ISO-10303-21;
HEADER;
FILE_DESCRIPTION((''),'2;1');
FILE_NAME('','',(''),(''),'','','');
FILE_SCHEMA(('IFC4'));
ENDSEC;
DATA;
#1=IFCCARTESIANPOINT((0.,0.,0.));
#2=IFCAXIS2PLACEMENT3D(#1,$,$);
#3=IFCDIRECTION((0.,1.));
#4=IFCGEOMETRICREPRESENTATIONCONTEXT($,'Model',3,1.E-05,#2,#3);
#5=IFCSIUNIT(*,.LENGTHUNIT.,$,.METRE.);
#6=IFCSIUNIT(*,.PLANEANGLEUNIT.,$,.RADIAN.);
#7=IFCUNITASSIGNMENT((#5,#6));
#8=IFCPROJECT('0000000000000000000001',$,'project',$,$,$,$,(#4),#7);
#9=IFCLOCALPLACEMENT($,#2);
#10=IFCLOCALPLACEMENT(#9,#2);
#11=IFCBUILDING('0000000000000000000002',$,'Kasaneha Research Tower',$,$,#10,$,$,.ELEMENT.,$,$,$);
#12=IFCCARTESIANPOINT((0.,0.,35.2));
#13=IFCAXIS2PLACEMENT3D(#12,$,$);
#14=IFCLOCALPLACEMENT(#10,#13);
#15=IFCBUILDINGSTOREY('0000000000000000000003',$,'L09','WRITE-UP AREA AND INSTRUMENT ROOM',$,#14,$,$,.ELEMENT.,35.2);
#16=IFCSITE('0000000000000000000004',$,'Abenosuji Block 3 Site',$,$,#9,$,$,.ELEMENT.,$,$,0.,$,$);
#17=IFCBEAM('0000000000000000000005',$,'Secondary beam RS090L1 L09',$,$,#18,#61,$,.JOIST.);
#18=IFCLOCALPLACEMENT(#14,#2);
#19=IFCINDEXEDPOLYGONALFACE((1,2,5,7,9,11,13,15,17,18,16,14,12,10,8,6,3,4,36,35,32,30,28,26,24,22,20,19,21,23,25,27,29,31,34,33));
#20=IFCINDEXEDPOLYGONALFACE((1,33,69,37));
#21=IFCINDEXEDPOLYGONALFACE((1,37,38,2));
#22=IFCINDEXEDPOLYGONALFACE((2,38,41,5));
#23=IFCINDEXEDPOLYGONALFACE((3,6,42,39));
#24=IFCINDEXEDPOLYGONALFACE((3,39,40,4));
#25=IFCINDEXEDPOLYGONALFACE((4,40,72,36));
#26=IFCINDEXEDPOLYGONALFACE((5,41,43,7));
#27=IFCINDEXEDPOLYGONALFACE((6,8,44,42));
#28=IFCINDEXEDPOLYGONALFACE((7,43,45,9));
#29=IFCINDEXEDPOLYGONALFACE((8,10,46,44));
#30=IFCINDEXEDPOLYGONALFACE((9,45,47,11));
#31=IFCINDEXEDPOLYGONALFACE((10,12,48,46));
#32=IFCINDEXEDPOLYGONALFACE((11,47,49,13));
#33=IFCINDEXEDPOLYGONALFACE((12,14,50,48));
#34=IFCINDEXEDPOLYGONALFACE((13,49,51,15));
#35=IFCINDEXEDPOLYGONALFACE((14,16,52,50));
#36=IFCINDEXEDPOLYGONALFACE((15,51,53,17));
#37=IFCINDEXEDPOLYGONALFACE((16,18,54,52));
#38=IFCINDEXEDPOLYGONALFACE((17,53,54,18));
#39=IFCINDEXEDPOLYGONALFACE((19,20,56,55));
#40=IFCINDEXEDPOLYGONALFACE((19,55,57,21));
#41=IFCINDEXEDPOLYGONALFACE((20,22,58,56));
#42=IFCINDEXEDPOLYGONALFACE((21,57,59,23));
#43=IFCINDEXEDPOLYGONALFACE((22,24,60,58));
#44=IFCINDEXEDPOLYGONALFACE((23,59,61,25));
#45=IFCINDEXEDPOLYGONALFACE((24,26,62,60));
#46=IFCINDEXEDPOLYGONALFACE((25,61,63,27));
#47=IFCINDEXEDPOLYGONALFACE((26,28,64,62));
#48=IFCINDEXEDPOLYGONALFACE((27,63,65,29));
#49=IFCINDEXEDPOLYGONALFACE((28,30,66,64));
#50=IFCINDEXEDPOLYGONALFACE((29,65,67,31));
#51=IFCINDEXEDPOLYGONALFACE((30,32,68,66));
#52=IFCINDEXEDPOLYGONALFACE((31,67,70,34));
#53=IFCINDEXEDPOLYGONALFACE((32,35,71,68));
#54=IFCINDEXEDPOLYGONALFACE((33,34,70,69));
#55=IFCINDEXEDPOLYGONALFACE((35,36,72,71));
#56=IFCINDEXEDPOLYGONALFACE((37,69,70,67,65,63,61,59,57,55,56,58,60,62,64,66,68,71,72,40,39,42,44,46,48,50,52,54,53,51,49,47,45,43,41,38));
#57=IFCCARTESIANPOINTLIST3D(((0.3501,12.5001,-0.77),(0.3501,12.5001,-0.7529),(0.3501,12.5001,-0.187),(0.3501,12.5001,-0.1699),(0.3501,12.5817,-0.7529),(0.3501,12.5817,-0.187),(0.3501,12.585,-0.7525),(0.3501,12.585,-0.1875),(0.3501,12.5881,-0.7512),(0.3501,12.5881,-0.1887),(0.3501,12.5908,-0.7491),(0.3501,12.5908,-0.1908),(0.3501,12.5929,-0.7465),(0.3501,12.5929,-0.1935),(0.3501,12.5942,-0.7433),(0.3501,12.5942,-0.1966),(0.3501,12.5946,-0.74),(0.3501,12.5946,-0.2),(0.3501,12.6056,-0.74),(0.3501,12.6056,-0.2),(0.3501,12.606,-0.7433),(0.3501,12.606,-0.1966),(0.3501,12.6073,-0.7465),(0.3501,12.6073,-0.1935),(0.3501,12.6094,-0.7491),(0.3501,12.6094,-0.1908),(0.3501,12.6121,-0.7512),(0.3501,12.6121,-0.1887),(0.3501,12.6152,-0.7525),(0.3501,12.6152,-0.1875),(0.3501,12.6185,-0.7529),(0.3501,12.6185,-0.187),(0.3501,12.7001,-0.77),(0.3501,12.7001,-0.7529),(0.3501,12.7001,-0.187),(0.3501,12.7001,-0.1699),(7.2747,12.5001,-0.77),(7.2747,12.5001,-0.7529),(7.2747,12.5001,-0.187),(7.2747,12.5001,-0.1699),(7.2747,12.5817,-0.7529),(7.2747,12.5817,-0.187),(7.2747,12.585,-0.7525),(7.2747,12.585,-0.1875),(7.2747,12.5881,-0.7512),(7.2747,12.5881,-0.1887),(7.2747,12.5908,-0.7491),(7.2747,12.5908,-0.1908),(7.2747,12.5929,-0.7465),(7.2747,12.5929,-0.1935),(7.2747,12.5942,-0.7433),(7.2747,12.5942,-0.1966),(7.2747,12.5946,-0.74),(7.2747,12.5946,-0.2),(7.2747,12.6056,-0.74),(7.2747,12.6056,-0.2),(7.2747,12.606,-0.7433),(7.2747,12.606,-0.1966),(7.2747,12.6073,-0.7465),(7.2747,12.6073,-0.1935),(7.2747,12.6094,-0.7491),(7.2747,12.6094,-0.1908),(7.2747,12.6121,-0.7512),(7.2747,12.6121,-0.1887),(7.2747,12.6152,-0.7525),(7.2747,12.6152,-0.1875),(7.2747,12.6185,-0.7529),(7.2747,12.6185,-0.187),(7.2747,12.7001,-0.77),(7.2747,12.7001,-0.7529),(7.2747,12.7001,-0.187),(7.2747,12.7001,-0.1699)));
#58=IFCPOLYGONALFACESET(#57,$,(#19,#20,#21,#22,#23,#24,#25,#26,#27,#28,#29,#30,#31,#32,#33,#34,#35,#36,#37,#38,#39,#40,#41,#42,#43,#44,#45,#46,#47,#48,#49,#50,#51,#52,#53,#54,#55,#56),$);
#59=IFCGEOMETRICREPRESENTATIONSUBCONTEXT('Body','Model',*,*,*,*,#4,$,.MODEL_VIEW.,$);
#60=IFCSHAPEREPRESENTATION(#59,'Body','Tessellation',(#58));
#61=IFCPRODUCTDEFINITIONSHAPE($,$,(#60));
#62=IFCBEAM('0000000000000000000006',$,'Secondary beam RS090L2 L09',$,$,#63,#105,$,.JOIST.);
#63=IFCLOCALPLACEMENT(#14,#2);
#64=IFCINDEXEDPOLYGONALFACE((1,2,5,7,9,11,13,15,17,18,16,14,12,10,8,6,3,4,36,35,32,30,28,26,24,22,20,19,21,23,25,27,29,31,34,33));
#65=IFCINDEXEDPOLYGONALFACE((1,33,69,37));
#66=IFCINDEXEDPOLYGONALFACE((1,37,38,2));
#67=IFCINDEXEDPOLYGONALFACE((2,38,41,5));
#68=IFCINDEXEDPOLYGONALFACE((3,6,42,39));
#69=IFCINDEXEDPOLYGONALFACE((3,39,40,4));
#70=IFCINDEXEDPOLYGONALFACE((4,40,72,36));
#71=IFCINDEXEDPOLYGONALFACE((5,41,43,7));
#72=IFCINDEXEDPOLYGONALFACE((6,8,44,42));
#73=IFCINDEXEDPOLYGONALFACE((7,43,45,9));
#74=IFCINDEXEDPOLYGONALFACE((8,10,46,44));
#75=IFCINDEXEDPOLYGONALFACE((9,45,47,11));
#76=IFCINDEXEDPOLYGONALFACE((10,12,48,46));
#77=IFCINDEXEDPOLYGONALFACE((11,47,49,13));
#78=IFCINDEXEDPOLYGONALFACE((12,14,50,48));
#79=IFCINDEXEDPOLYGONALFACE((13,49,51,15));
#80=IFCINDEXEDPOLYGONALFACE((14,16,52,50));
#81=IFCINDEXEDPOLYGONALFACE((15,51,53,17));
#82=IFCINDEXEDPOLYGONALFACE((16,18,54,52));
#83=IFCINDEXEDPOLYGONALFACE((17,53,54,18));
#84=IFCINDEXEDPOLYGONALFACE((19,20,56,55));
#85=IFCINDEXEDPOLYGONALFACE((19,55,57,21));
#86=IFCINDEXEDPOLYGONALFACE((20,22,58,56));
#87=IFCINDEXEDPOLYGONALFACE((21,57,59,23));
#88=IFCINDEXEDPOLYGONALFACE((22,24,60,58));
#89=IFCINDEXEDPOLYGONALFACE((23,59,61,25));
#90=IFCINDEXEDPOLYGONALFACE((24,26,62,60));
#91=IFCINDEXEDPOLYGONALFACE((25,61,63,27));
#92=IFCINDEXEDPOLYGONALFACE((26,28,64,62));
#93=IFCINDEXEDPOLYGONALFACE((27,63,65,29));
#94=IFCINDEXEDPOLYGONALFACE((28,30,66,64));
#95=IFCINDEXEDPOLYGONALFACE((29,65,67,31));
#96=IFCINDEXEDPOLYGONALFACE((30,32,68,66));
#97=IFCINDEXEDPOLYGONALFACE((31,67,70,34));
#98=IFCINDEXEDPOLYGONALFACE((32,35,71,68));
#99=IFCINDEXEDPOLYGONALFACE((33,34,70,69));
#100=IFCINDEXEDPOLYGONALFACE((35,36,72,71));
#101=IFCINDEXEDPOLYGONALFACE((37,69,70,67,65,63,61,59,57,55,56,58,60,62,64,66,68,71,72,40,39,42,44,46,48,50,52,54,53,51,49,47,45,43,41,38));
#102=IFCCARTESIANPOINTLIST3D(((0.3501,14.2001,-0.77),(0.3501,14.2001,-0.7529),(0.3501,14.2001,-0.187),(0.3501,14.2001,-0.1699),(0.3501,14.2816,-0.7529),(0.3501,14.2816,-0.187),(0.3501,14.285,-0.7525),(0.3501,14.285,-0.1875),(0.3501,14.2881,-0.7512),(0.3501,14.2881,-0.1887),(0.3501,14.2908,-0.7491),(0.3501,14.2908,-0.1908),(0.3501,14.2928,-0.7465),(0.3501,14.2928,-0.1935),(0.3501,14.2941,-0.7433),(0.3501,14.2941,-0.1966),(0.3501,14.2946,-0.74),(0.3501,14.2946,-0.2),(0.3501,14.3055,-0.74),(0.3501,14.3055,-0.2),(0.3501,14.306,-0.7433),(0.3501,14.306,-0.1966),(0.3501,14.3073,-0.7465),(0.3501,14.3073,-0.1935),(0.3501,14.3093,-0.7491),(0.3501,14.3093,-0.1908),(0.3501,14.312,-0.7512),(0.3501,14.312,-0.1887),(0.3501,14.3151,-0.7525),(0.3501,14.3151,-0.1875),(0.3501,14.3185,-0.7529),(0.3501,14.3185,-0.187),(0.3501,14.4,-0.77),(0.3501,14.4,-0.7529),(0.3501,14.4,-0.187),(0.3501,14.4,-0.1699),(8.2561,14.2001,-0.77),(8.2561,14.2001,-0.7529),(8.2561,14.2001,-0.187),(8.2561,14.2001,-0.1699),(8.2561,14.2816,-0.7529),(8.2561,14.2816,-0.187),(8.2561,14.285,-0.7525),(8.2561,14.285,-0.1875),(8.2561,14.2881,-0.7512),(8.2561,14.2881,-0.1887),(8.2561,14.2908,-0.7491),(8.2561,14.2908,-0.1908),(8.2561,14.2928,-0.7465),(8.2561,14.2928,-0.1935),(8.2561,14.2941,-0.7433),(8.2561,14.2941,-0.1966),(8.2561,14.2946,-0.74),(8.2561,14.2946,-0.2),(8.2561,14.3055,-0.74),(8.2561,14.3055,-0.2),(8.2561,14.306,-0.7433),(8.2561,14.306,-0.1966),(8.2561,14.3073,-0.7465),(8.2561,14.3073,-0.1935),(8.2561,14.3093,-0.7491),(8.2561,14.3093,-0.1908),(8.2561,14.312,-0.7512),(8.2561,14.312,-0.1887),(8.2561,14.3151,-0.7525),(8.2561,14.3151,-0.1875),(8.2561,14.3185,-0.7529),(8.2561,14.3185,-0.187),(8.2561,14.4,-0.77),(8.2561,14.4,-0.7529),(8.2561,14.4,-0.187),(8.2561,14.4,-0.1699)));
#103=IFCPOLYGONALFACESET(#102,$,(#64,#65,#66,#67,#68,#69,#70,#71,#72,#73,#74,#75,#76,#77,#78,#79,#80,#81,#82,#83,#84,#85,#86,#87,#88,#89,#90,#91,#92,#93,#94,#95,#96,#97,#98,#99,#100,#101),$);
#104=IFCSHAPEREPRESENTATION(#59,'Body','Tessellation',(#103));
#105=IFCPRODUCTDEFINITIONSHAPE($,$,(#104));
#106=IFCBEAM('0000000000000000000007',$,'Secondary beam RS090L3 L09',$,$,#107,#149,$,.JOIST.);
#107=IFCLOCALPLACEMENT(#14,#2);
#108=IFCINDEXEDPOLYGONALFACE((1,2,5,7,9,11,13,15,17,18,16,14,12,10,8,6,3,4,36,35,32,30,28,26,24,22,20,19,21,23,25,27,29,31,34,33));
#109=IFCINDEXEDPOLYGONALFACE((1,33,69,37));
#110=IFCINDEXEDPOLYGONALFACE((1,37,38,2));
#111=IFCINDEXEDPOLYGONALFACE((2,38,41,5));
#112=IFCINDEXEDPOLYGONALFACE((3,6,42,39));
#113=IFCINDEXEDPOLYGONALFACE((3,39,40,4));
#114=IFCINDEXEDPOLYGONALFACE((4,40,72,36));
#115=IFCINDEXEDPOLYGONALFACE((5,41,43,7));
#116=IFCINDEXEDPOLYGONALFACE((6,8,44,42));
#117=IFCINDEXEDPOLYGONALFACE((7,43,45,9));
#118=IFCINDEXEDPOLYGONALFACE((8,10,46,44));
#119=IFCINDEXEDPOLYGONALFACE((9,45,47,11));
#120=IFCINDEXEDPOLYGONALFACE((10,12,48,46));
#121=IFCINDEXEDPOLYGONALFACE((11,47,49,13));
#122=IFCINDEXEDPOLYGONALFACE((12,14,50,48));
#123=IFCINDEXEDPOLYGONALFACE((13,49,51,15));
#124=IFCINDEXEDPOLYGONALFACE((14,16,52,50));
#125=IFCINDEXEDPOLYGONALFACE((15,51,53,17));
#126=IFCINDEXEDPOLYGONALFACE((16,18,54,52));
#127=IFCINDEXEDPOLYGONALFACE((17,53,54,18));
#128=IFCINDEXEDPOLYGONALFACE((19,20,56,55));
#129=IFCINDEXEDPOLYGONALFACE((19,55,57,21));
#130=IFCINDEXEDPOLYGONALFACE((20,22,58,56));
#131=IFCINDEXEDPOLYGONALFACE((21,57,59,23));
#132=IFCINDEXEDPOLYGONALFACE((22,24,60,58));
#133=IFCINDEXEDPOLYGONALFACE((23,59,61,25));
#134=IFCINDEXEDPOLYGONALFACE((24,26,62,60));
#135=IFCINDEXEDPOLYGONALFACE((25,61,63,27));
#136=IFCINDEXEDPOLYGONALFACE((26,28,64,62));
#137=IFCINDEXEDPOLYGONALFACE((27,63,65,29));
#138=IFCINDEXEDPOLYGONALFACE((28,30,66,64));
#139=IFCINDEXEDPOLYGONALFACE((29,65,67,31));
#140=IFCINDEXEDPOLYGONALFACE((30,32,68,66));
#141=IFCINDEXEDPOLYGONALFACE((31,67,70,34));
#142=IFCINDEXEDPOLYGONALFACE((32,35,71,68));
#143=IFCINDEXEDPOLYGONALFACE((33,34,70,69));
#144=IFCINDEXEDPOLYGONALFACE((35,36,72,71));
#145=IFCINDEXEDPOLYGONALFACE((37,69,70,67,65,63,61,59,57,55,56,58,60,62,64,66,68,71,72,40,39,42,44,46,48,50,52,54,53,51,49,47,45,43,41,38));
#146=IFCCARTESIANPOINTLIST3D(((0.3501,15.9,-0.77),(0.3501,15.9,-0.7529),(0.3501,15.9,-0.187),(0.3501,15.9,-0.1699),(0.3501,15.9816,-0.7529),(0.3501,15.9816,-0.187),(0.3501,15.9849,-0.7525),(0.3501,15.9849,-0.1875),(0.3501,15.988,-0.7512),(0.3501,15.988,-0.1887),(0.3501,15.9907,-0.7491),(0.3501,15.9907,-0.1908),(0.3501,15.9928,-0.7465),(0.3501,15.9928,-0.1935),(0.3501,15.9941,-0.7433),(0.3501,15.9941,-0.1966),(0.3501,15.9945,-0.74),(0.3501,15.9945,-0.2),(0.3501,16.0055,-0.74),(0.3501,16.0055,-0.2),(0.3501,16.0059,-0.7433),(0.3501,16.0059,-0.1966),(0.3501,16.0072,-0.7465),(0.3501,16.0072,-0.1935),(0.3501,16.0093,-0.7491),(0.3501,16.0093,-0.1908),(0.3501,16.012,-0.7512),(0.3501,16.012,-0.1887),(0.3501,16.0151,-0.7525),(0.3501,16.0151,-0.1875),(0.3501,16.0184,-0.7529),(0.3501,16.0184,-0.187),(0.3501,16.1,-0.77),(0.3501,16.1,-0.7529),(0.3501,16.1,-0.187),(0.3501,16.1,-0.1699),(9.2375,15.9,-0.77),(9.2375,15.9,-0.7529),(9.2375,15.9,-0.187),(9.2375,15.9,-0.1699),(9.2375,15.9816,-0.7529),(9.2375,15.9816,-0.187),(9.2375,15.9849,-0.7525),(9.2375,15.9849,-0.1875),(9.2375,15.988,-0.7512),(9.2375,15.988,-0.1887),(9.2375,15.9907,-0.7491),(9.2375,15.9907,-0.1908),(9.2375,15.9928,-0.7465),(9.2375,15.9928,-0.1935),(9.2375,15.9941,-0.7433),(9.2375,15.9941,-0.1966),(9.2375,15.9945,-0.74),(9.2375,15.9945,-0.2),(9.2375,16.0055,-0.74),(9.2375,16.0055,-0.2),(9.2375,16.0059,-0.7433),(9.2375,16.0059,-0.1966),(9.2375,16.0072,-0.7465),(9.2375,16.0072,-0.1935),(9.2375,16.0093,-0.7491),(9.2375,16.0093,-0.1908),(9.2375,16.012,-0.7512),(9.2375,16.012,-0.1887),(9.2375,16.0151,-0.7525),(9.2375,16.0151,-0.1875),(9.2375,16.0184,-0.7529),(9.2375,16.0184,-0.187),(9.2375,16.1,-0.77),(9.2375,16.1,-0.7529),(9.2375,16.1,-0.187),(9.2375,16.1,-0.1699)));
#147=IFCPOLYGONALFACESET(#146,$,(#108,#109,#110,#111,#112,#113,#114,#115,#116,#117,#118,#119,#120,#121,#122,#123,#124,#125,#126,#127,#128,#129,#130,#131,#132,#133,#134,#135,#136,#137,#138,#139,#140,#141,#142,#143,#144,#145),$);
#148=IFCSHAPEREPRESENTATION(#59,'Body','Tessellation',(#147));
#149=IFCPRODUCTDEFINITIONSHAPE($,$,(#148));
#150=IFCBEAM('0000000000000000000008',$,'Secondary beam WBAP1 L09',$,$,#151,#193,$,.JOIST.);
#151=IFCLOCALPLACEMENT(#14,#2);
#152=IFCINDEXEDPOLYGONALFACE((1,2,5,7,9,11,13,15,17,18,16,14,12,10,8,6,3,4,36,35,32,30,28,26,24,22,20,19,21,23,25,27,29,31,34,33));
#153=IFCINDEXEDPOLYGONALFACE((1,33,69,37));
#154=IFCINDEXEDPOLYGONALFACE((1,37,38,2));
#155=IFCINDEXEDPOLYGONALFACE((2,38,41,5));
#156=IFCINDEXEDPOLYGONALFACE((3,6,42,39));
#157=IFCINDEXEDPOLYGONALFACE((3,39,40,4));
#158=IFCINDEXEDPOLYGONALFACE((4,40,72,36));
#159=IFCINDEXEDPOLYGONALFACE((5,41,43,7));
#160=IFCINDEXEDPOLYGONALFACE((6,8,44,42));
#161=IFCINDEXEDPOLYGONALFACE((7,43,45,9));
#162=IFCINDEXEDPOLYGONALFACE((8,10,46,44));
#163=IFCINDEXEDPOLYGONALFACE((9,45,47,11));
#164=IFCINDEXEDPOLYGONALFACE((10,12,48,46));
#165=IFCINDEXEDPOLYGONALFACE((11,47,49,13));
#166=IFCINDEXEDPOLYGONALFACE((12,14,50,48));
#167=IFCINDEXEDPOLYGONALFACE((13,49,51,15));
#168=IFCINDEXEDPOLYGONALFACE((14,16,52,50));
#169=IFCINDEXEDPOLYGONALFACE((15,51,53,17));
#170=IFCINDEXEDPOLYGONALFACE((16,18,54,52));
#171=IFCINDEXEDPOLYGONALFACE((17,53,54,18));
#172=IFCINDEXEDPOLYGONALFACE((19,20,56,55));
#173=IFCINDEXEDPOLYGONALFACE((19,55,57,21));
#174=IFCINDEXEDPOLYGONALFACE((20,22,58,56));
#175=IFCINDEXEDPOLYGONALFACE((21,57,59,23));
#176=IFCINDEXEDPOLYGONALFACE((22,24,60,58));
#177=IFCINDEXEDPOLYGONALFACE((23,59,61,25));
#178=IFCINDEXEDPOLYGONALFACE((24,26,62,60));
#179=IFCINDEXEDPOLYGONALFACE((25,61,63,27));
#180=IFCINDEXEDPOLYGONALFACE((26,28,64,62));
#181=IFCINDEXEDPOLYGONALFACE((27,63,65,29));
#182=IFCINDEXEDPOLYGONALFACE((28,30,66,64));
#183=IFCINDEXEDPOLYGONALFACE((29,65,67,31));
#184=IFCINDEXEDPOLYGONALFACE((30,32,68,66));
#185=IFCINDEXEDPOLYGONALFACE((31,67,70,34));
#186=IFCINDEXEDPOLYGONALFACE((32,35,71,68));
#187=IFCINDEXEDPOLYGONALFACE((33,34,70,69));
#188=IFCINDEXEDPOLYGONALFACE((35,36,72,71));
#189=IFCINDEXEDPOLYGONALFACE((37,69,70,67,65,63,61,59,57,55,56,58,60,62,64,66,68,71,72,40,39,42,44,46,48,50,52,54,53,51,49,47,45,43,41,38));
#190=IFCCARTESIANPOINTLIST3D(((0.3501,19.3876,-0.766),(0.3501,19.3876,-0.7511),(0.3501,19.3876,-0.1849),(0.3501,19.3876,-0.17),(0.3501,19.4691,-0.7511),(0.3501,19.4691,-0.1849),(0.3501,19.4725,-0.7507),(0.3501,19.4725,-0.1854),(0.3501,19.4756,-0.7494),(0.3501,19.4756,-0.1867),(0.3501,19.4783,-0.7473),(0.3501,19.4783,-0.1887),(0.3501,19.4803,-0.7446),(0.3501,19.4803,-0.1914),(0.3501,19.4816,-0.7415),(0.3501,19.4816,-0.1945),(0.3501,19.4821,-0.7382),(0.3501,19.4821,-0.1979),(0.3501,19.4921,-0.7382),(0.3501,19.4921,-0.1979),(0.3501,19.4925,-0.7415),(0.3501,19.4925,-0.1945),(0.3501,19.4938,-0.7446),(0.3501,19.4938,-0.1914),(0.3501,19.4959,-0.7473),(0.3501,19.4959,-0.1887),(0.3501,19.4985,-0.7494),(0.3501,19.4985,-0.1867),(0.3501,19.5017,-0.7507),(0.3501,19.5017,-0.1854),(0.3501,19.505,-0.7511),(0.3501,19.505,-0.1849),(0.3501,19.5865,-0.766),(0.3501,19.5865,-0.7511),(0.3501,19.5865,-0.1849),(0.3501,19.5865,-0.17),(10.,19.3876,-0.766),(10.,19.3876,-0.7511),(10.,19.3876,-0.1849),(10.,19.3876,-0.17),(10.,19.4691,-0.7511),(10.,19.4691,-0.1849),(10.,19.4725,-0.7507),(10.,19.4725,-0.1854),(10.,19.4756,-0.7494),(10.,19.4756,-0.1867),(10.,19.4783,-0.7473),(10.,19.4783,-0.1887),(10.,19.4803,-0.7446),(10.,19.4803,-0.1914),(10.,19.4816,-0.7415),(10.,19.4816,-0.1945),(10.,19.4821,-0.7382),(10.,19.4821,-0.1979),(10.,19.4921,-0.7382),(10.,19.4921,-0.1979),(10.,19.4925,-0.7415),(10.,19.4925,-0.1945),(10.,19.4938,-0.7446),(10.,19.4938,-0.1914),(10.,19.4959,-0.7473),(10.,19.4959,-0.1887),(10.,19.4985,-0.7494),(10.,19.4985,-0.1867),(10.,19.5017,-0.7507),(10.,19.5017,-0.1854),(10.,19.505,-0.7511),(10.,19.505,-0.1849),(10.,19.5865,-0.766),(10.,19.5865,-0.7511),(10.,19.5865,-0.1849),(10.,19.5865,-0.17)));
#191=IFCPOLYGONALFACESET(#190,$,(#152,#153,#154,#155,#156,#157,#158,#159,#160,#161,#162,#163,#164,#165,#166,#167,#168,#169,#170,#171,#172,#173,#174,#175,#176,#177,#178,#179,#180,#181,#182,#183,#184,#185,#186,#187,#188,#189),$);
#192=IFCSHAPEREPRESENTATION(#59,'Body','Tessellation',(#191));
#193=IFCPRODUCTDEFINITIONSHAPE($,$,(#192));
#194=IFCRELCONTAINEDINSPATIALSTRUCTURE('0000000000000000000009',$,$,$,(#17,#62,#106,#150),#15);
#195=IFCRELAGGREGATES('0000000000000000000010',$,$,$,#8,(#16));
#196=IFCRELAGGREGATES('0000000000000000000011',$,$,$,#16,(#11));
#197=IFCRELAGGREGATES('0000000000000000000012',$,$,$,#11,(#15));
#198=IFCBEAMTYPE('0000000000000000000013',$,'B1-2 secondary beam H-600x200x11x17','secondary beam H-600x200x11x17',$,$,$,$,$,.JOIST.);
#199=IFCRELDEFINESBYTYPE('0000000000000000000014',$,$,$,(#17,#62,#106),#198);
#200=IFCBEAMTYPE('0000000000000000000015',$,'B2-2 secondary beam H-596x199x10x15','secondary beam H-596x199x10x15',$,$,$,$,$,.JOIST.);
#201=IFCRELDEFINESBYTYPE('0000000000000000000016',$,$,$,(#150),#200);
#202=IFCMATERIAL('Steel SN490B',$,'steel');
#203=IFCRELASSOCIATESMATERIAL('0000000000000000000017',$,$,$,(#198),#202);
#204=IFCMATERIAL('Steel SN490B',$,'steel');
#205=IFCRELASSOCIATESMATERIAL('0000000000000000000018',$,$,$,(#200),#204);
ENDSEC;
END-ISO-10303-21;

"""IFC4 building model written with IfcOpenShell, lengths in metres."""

from ifc_helpers import new_model, si_unit, direction, frame, origin, origin_2d, place, context, subcontext, project, spatial, i_section, extrude, material, material_profile, profile_set, type_object, element, save


model = new_model("IFC4")

# Units and contexts
model_context = context("Model", 3, precision=1e-05, world=origin(), true_north=direction((0.0, 1.0)))
body_context = subcontext(model_context, "Body", "Model", "MODEL_VIEW")
ifc_project = project(units=[si_unit("LENGTHUNIT", "METRE"), si_unit("PLANEANGLEUNIT", "RADIAN")], contexts=[model_context])

# Site, building, storey
site_placement = place(None, origin())
site = spatial("IfcSite", under=ifc_project, at=site_placement, Name="Abenosuji Block 3 Site", CompositionType="ELEMENT", RefElevation=0.0)
building_placement = place(site_placement, origin())
building = spatial("IfcBuilding", under=site, at=building_placement, Name="Kasaneha Research Tower", CompositionType="ELEMENT")
storey_placement = place(building_placement, frame((0.0, 0.0, 35.2)))
storey = spatial("IfcBuildingStorey", under=building, at=storey_placement, Name="L09", Description="WRITE-UP AREA AND INSTRUMENT ROOM", CompositionType="ELEMENT", Elevation=35.2)

# Beams
ifc_material_1 = material(Name="Steel SN490B", Category="steel")
ifc_material_profile_1 = material_profile(ifc_material_1, i_section(OverallWidth=0.2, OverallDepth=0.6001, WebThickness=0.011, FlangeThickness=0.0171, FilletRadius=0.0129, at=origin_2d()), Name="H-600x200x11x17")
ifc_profile_set_1 = profile_set([ifc_material_profile_1], Name="Steel SN490B")
beam_type_1 = type_object("IfcBeamType", Name="B1-2 secondary beam H-600x200x11x17", Description="secondary beam H-600x200x11x17", PredefinedType="JOIST", material=ifc_profile_set_1)
beam_1_placement = place(storey_placement, frame((7.2747, 12.6001, -0.47), z_axis=(-1.0, 0.0, 0.0), x_axis=(0.0, -1.0, 0.0)))
element("IfcBeam", 1, at=beam_1_placement, inside=storey, type_object=beam_type_1, Name="Secondary beam RS090L1 L09", PredefinedType="JOIST", context=body_context, shape_type="SweptSolid", body=[
    extrude(i_section(OverallWidth=0.2, OverallDepth=0.6001, WebThickness=0.011, FlangeThickness=0.0171, FilletRadius=0.0129, at=origin_2d()), origin(), (0.0, 0.0, 1.0), 6.9246),
])
beam_2_placement = place(storey_placement, frame((8.2561, 14.3, -0.47), z_axis=(-1.0, 0.0, 0.0), x_axis=(0.0, -1.0, 0.0)))
element("IfcBeam", 2, at=beam_2_placement, inside=storey, type_object=beam_type_1, Name="Secondary beam RS090L2 L09", PredefinedType="JOIST", context=body_context, shape_type="SweptSolid", body=[
    extrude(i_section(OverallWidth=0.2, OverallDepth=0.6001, WebThickness=0.011, FlangeThickness=0.0171, FilletRadius=0.0129, at=origin_2d()), origin(), (0.0, 0.0, 1.0), 7.906),
])
beam_3_placement = place(storey_placement, frame((9.2375, 16.0, -0.47), z_axis=(-1.0, 0.0, 0.0), x_axis=(0.0, -1.0, 0.0)))
element("IfcBeam", 3, at=beam_3_placement, inside=storey, type_object=beam_type_1, Name="Secondary beam RS090L3 L09", PredefinedType="JOIST", context=body_context, shape_type="SweptSolid", body=[
    extrude(i_section(OverallWidth=0.2, OverallDepth=0.6001, WebThickness=0.011, FlangeThickness=0.0171, FilletRadius=0.0129, at=origin_2d()), origin(), (0.0, 0.0, 1.0), 8.8875),
])
ifc_material_2 = material(Name="Steel SN490B", Category="steel")
ifc_material_profile_2 = material_profile(ifc_material_2, i_section(OverallWidth=0.199, OverallDepth=0.5959, WebThickness=0.01, FlangeThickness=0.0149, FilletRadius=0.0129, at=origin_2d()), Name="H-596x199x10x15")
ifc_profile_set_2 = profile_set([ifc_material_profile_2], Name="Steel SN490B")
beam_type_2 = type_object("IfcBeamType", Name="B2-2 secondary beam H-596x199x10x15", Description="secondary beam H-596x199x10x15", PredefinedType="JOIST", material=ifc_profile_set_2)
for number, where, z_axis, x_axis, name in (
    (4, (10.0, 19.4871, -0.468), (-1.0, 0.0, 0.0), (0.0, -1.0, 0.0), "Secondary beam WBAP1 L09"),
):
    element("IfcBeam", number, at=place(storey_placement, frame(where, z_axis=z_axis, x_axis=x_axis)), inside=storey, type_object=beam_type_2, Name=name, PredefinedType="JOIST", context=body_context, shape_type="SweptSolid", body=[
        extrude(i_section(OverallWidth=0.199, OverallDepth=0.5959, WebThickness=0.01, FlangeThickness=0.0149, FilletRadius=0.0129, at=origin_2d()), origin(), (0.0, 0.0, 1.0), 9.6499),
    ])

save(model, "model.ifc")
